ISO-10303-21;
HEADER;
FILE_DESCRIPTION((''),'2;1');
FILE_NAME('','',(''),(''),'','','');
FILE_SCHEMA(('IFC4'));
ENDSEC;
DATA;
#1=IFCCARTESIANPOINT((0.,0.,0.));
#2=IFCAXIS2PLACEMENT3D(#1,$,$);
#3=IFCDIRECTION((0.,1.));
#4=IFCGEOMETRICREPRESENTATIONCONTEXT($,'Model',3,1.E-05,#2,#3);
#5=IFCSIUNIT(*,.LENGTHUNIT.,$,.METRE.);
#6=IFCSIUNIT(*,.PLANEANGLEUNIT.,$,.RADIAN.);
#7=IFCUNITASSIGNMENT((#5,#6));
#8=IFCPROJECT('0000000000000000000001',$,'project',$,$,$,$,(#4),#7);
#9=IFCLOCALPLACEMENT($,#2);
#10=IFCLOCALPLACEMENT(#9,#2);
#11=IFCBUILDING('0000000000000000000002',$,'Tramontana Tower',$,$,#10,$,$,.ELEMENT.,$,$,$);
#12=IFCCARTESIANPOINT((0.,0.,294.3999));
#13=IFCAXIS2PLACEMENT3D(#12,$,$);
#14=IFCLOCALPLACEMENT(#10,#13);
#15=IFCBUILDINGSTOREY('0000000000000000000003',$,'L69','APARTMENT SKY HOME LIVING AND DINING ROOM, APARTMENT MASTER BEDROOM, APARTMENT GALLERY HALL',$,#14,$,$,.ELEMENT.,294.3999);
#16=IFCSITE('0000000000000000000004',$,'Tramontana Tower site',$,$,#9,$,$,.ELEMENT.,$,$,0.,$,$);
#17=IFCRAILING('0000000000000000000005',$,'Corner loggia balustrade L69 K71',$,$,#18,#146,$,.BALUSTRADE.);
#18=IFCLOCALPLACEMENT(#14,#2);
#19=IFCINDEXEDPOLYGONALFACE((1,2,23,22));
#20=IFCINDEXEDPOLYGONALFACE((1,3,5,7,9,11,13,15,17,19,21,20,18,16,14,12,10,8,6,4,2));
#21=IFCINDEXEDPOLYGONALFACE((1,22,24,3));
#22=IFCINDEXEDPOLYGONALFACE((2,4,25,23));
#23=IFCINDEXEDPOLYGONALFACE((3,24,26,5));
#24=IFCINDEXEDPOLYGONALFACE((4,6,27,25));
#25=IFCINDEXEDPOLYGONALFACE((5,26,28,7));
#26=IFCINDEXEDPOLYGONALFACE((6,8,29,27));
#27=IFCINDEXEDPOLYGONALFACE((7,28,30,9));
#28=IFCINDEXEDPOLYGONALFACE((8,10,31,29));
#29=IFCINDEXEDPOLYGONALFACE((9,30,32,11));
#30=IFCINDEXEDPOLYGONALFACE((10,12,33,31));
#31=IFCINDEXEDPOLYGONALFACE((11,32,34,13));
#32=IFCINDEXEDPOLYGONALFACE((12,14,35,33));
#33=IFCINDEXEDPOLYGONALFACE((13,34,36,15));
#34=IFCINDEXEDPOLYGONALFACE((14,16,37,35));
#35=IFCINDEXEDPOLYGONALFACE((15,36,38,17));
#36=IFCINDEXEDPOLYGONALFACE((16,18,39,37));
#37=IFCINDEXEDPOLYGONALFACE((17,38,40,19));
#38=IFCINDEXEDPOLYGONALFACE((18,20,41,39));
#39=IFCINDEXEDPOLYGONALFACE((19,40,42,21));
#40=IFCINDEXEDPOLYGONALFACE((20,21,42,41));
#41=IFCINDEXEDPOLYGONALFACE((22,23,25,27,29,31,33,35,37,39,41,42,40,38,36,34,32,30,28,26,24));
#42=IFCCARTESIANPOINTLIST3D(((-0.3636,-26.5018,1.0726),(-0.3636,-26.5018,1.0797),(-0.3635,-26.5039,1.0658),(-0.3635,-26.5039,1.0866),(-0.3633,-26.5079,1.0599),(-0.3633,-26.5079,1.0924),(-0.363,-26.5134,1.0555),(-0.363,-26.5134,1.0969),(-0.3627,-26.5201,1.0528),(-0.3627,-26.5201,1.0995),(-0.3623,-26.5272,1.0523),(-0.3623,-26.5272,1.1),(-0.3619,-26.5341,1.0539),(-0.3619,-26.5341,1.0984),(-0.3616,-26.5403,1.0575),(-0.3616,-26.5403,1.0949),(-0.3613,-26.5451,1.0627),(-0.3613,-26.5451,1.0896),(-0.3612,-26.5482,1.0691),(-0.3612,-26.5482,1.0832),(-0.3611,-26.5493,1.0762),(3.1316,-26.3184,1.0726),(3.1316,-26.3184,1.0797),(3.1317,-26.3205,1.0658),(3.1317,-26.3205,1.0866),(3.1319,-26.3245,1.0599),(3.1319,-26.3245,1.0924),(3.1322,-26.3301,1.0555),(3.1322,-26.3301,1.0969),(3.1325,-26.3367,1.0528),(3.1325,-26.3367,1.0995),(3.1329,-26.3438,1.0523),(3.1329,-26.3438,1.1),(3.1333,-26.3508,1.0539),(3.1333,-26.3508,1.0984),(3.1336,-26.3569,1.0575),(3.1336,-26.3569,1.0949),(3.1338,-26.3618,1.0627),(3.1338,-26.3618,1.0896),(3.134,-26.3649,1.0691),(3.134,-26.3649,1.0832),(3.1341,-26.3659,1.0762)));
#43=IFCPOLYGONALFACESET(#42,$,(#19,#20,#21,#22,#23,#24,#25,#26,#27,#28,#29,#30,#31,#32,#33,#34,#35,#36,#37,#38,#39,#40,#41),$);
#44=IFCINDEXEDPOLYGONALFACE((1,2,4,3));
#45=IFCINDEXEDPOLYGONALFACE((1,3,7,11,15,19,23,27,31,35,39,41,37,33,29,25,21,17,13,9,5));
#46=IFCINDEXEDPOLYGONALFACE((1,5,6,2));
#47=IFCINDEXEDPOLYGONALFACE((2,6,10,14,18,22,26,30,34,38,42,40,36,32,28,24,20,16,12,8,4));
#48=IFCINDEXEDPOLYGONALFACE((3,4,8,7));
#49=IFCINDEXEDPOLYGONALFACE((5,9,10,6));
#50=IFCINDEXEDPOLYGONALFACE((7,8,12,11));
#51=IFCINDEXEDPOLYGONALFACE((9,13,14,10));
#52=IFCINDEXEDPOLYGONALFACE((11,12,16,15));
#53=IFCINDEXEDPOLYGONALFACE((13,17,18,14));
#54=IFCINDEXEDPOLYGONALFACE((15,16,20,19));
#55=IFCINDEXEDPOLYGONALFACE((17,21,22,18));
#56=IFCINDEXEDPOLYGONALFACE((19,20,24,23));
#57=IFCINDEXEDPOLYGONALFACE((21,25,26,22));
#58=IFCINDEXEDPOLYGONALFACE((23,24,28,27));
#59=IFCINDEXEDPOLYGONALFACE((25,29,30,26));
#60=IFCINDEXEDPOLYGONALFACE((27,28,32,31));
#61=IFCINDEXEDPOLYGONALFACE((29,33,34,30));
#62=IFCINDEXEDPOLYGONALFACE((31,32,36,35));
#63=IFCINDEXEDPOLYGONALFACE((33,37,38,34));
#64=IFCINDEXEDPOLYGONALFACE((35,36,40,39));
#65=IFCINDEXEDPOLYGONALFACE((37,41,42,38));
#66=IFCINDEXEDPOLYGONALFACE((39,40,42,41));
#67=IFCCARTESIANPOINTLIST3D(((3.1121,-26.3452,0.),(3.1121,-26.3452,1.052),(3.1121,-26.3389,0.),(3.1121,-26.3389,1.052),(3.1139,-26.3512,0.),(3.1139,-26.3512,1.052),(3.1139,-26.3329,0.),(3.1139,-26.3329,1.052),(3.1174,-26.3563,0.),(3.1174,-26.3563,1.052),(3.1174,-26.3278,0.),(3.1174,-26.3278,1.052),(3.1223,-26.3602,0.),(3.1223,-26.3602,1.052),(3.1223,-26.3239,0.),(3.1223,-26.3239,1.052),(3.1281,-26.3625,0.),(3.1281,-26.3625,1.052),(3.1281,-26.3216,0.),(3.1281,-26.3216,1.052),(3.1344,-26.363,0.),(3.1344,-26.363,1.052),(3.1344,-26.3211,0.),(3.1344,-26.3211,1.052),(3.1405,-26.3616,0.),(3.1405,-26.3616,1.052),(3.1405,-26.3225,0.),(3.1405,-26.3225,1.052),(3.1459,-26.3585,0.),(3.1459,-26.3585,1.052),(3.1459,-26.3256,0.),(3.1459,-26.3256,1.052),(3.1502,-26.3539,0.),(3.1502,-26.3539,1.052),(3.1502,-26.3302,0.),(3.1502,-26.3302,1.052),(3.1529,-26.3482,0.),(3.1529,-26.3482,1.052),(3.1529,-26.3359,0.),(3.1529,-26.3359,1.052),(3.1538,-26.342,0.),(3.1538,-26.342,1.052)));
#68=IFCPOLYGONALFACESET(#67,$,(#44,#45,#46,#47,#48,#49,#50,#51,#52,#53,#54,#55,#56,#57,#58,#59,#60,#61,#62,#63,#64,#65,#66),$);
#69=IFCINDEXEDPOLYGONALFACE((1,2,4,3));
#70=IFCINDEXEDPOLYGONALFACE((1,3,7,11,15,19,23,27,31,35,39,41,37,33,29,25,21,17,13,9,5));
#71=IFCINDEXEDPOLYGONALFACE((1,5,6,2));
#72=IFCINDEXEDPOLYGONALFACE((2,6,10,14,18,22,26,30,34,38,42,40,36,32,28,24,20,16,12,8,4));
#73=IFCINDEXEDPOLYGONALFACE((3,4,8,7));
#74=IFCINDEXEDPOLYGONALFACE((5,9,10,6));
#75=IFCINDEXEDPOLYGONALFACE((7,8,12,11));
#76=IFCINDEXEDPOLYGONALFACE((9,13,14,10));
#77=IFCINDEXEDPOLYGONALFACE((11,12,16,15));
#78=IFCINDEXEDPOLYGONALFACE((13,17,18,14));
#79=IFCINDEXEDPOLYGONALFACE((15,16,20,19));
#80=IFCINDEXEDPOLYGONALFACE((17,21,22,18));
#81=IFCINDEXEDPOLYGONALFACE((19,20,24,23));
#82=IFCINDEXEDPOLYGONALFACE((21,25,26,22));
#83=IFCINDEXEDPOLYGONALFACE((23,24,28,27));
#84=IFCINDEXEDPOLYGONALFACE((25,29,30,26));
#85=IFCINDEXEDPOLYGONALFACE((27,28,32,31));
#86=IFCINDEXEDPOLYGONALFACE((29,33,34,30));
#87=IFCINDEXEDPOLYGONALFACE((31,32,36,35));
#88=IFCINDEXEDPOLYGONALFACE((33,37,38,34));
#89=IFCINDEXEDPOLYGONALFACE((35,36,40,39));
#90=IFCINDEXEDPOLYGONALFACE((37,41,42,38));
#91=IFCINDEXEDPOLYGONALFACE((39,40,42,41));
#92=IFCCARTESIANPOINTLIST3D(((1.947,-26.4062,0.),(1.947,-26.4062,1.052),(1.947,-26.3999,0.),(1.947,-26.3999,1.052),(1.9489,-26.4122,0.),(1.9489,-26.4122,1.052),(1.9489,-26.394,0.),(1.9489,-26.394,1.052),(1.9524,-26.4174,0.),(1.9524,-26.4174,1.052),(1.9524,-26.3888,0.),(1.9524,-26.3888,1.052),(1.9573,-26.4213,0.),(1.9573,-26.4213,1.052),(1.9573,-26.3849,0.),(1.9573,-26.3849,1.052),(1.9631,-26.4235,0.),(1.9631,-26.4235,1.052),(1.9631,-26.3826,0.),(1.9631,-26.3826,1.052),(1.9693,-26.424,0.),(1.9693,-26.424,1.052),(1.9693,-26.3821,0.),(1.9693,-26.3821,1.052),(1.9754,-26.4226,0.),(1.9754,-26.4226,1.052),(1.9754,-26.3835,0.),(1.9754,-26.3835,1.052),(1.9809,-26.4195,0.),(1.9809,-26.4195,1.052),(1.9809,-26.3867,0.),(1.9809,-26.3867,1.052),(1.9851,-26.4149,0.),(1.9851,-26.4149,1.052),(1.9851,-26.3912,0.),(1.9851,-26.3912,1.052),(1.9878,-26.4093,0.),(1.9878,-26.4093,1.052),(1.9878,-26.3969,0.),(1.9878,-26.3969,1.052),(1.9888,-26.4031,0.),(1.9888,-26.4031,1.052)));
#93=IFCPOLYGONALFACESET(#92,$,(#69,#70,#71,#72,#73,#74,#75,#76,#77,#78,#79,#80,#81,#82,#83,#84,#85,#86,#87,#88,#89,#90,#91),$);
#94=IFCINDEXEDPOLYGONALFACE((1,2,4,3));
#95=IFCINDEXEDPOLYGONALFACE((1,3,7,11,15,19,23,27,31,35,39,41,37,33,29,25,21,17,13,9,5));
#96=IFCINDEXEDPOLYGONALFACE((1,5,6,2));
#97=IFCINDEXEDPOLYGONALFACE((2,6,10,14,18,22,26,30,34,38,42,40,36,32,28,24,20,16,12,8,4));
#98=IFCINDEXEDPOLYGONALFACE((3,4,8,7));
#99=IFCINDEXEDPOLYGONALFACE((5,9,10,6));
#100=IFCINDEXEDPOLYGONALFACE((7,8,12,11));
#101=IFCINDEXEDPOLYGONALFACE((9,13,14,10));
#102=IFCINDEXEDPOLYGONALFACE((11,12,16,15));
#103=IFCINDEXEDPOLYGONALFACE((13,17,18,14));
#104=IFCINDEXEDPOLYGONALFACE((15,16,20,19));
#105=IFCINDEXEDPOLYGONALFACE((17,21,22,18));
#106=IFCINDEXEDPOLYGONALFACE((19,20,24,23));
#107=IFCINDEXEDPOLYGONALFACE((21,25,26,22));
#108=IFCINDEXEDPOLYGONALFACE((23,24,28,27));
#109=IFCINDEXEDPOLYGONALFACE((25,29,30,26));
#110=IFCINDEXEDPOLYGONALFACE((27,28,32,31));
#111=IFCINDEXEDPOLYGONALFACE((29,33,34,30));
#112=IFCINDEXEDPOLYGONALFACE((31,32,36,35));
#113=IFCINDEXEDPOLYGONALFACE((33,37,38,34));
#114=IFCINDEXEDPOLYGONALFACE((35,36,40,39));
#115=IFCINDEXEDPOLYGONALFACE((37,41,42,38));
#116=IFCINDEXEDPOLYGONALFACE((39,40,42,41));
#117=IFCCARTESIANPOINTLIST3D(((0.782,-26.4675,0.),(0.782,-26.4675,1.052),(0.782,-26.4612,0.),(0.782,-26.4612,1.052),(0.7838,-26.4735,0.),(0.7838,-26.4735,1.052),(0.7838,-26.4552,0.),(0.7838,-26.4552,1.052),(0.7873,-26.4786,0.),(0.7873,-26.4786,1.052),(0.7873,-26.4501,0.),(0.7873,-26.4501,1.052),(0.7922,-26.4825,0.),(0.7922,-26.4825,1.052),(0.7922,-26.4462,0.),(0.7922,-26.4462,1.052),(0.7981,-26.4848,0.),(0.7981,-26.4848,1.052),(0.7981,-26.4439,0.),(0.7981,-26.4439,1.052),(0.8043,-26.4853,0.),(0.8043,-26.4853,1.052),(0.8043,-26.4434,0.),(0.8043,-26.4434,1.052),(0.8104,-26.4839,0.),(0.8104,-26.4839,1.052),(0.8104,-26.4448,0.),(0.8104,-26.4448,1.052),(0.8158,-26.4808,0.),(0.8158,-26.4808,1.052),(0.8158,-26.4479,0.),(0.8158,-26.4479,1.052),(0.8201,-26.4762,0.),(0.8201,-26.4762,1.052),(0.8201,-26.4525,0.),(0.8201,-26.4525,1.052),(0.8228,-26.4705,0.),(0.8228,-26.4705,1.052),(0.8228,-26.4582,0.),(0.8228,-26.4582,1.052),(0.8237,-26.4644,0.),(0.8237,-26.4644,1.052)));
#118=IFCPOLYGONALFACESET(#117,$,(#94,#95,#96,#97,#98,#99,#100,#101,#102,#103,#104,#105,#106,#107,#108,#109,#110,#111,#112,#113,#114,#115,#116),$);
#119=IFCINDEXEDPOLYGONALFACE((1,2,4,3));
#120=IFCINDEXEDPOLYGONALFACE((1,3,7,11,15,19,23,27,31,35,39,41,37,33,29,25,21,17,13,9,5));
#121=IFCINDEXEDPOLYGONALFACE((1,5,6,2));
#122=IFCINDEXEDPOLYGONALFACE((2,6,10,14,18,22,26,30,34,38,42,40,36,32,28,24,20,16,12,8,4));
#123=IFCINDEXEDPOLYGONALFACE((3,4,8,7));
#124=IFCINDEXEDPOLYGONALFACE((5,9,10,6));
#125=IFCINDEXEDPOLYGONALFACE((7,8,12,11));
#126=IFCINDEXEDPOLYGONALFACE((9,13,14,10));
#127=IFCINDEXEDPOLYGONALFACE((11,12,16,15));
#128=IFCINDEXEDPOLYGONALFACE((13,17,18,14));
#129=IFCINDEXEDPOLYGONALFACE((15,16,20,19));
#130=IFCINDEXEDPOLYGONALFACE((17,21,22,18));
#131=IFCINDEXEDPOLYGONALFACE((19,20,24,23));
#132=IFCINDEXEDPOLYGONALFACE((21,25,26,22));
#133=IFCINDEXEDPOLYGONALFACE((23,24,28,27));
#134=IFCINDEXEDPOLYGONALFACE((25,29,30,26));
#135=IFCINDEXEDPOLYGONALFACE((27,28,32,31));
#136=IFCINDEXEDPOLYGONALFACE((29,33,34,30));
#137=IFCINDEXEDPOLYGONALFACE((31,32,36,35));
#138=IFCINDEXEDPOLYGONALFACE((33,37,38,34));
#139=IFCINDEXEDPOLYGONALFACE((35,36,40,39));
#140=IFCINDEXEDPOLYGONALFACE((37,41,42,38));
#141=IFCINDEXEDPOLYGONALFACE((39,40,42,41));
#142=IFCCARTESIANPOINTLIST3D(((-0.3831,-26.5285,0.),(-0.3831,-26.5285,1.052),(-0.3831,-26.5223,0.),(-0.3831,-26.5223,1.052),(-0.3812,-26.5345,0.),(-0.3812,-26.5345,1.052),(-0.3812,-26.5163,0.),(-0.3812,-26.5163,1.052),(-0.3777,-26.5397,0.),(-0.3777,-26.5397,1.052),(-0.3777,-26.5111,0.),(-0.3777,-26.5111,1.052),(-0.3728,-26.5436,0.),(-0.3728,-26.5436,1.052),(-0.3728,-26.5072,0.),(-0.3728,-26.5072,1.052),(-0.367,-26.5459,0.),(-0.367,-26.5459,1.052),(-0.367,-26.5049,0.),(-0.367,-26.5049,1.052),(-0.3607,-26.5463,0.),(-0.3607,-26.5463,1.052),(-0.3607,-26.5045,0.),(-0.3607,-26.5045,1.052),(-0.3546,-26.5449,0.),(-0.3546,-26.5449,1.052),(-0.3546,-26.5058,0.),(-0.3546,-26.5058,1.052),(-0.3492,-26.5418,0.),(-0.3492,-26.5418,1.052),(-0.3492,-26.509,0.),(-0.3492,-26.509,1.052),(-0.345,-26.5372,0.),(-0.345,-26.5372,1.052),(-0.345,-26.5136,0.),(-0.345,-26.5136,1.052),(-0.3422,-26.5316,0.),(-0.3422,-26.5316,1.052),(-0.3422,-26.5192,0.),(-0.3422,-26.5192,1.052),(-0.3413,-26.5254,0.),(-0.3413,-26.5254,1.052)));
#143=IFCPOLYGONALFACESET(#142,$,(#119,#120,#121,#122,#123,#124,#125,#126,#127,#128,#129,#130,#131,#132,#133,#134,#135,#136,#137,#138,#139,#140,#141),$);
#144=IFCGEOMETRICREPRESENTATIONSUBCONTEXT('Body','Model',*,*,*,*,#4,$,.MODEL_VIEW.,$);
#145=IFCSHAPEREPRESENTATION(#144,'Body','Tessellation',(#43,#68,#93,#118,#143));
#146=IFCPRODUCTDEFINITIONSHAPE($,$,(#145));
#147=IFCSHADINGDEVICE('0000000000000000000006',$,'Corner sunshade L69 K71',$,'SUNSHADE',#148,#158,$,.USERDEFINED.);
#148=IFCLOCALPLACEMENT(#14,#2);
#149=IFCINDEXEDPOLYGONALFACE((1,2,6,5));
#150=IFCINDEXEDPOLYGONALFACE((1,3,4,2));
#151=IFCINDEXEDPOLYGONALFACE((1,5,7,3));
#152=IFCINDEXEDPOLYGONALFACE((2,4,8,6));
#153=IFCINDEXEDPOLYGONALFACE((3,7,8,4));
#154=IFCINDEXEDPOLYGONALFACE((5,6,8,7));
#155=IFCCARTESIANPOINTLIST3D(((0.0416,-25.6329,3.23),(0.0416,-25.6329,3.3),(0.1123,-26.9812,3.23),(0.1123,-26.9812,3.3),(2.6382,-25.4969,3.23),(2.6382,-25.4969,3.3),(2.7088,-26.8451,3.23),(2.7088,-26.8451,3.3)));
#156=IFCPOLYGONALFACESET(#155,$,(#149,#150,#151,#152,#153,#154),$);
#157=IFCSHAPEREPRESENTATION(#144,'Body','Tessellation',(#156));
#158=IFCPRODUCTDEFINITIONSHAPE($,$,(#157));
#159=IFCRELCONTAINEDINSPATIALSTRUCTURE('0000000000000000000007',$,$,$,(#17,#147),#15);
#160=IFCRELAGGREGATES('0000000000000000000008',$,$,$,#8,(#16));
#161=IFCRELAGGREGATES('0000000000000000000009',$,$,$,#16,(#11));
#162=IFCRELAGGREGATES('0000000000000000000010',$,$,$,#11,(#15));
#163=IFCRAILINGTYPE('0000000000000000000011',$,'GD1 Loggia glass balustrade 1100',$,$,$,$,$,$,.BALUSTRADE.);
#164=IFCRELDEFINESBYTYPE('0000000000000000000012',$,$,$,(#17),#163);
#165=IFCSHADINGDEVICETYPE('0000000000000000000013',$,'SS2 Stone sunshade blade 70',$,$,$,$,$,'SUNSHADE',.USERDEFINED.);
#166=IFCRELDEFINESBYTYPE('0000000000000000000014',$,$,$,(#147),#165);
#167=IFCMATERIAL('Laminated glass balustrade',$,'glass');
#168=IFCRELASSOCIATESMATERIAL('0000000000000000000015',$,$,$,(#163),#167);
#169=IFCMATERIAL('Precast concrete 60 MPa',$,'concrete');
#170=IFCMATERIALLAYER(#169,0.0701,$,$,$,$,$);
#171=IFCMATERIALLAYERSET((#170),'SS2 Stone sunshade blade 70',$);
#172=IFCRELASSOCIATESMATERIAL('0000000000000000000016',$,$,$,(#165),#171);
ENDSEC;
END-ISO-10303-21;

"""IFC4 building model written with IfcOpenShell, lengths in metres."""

from ifc_helpers import new_model, si_unit, direction, frame, origin, origin_2d, place, context, subcontext, project, spatial, rectangle, circle, extrude, material, layer, layer_set, type_object, element, save


model = new_model("IFC4")

# Units and contexts
model_context = context("Model", 3, precision=1e-05, world=origin(), true_north=direction((0.0, 1.0)))
body_context = subcontext(model_context, "Body", "Model", "MODEL_VIEW")
ifc_project = project(units=[si_unit("LENGTHUNIT", "METRE"), si_unit("PLANEANGLEUNIT", "RADIAN")], contexts=[model_context])

# Site, building, storey
site_placement = place(None, origin())
site = spatial("IfcSite", under=ifc_project, at=site_placement, Name="Tramontana Tower site", CompositionType="ELEMENT", RefElevation=0.0)
building_placement = place(site_placement, origin())
building = spatial("IfcBuilding", under=site, at=building_placement, Name="Tramontana Tower", CompositionType="ELEMENT")
storey_placement = place(building_placement, frame((0.0, 0.0, 294.3999)))
storey = spatial("IfcBuildingStorey", under=building, at=storey_placement, Name="L69", Description="APARTMENT SKY HOME LIVING AND DINING ROOM, APARTMENT MASTER BEDROOM, APARTMENT GALLERY HALL", CompositionType="ELEMENT", Elevation=294.3999)

# Railing
ifc_material_1 = material(Name="Laminated glass balustrade", Category="glass")
railing_type = type_object("IfcRailingType", Name="GD1 Loggia glass balustrade 1100", PredefinedType="BALUSTRADE", material=ifc_material_1)
railing_1_placement = place(storey_placement, frame((3.1328, -26.342, 0.0)))
element("IfcRailing", 1, at=railing_1_placement, inside=storey, type_object=railing_type, Name="Corner loggia balustrade L69 K71", PredefinedType="BALUSTRADE", context=body_context, shape_type="SweptSolid", body=[
    extrude(circle(Radius=0.0239, at=origin_2d()), frame((0.0, 0.0, 1.0762), z_axis=(-0.998627, -0.052387, 0.0), x_axis=(0.052387, -0.998627, 0.0)), (0.0, 0.0, 1.0), 3.5),
    extrude(circle(Radius=0.021, at=origin_2d()), origin(), (0.0, 0.0, 1.0), 1.052),
    extrude(circle(Radius=0.021, at=origin_2d()), frame((-1.165, -0.061, 0.0)), (0.0, 0.0, 1.0), 1.052),
    extrude(circle(Radius=0.021, at=origin_2d()), frame((-2.3301, -0.1223, 0.0)), (0.0, 0.0, 1.0), 1.052),
    extrude(circle(Radius=0.021, at=origin_2d()), frame((-3.4951, -0.1833, 0.0)), (0.0, 0.0, 1.0), 1.052),
])

# Shading device
ifc_material_2 = material(Name="Precast concrete 60 MPa", Category="concrete")
ifc_layer_1 = layer(ifc_material_2, 0.0701)
ifc_layer_set_1 = layer_set([ifc_layer_1], Name="SS2 Stone sunshade blade 70")
shading_device_type = type_object("IfcShadingDeviceType", Name="SS2 Stone sunshade blade 70", ElementType="SUNSHADE", PredefinedType="USERDEFINED", material=ifc_layer_set_1)
shading_device_placement = place(storey_placement, frame((1.3752, -26.239, 3.23), z_axis=(0.0, 0.0, 1.0), x_axis=(-0.99863, -0.052336, 0.0)))
element("IfcShadingDevice", 2, at=shading_device_placement, inside=storey, type_object=shading_device_type, Name="Corner sunshade L69 K71", ObjectType="SUNSHADE", PredefinedType="USERDEFINED", context=body_context, shape_type="SweptSolid", body=[
    extrude(rectangle(XDim=2.6001, YDim=1.3501, at=origin_2d()), origin(), (0.0, 0.0, 1.0), 0.0701),
])

save(model, "model.ifc")
